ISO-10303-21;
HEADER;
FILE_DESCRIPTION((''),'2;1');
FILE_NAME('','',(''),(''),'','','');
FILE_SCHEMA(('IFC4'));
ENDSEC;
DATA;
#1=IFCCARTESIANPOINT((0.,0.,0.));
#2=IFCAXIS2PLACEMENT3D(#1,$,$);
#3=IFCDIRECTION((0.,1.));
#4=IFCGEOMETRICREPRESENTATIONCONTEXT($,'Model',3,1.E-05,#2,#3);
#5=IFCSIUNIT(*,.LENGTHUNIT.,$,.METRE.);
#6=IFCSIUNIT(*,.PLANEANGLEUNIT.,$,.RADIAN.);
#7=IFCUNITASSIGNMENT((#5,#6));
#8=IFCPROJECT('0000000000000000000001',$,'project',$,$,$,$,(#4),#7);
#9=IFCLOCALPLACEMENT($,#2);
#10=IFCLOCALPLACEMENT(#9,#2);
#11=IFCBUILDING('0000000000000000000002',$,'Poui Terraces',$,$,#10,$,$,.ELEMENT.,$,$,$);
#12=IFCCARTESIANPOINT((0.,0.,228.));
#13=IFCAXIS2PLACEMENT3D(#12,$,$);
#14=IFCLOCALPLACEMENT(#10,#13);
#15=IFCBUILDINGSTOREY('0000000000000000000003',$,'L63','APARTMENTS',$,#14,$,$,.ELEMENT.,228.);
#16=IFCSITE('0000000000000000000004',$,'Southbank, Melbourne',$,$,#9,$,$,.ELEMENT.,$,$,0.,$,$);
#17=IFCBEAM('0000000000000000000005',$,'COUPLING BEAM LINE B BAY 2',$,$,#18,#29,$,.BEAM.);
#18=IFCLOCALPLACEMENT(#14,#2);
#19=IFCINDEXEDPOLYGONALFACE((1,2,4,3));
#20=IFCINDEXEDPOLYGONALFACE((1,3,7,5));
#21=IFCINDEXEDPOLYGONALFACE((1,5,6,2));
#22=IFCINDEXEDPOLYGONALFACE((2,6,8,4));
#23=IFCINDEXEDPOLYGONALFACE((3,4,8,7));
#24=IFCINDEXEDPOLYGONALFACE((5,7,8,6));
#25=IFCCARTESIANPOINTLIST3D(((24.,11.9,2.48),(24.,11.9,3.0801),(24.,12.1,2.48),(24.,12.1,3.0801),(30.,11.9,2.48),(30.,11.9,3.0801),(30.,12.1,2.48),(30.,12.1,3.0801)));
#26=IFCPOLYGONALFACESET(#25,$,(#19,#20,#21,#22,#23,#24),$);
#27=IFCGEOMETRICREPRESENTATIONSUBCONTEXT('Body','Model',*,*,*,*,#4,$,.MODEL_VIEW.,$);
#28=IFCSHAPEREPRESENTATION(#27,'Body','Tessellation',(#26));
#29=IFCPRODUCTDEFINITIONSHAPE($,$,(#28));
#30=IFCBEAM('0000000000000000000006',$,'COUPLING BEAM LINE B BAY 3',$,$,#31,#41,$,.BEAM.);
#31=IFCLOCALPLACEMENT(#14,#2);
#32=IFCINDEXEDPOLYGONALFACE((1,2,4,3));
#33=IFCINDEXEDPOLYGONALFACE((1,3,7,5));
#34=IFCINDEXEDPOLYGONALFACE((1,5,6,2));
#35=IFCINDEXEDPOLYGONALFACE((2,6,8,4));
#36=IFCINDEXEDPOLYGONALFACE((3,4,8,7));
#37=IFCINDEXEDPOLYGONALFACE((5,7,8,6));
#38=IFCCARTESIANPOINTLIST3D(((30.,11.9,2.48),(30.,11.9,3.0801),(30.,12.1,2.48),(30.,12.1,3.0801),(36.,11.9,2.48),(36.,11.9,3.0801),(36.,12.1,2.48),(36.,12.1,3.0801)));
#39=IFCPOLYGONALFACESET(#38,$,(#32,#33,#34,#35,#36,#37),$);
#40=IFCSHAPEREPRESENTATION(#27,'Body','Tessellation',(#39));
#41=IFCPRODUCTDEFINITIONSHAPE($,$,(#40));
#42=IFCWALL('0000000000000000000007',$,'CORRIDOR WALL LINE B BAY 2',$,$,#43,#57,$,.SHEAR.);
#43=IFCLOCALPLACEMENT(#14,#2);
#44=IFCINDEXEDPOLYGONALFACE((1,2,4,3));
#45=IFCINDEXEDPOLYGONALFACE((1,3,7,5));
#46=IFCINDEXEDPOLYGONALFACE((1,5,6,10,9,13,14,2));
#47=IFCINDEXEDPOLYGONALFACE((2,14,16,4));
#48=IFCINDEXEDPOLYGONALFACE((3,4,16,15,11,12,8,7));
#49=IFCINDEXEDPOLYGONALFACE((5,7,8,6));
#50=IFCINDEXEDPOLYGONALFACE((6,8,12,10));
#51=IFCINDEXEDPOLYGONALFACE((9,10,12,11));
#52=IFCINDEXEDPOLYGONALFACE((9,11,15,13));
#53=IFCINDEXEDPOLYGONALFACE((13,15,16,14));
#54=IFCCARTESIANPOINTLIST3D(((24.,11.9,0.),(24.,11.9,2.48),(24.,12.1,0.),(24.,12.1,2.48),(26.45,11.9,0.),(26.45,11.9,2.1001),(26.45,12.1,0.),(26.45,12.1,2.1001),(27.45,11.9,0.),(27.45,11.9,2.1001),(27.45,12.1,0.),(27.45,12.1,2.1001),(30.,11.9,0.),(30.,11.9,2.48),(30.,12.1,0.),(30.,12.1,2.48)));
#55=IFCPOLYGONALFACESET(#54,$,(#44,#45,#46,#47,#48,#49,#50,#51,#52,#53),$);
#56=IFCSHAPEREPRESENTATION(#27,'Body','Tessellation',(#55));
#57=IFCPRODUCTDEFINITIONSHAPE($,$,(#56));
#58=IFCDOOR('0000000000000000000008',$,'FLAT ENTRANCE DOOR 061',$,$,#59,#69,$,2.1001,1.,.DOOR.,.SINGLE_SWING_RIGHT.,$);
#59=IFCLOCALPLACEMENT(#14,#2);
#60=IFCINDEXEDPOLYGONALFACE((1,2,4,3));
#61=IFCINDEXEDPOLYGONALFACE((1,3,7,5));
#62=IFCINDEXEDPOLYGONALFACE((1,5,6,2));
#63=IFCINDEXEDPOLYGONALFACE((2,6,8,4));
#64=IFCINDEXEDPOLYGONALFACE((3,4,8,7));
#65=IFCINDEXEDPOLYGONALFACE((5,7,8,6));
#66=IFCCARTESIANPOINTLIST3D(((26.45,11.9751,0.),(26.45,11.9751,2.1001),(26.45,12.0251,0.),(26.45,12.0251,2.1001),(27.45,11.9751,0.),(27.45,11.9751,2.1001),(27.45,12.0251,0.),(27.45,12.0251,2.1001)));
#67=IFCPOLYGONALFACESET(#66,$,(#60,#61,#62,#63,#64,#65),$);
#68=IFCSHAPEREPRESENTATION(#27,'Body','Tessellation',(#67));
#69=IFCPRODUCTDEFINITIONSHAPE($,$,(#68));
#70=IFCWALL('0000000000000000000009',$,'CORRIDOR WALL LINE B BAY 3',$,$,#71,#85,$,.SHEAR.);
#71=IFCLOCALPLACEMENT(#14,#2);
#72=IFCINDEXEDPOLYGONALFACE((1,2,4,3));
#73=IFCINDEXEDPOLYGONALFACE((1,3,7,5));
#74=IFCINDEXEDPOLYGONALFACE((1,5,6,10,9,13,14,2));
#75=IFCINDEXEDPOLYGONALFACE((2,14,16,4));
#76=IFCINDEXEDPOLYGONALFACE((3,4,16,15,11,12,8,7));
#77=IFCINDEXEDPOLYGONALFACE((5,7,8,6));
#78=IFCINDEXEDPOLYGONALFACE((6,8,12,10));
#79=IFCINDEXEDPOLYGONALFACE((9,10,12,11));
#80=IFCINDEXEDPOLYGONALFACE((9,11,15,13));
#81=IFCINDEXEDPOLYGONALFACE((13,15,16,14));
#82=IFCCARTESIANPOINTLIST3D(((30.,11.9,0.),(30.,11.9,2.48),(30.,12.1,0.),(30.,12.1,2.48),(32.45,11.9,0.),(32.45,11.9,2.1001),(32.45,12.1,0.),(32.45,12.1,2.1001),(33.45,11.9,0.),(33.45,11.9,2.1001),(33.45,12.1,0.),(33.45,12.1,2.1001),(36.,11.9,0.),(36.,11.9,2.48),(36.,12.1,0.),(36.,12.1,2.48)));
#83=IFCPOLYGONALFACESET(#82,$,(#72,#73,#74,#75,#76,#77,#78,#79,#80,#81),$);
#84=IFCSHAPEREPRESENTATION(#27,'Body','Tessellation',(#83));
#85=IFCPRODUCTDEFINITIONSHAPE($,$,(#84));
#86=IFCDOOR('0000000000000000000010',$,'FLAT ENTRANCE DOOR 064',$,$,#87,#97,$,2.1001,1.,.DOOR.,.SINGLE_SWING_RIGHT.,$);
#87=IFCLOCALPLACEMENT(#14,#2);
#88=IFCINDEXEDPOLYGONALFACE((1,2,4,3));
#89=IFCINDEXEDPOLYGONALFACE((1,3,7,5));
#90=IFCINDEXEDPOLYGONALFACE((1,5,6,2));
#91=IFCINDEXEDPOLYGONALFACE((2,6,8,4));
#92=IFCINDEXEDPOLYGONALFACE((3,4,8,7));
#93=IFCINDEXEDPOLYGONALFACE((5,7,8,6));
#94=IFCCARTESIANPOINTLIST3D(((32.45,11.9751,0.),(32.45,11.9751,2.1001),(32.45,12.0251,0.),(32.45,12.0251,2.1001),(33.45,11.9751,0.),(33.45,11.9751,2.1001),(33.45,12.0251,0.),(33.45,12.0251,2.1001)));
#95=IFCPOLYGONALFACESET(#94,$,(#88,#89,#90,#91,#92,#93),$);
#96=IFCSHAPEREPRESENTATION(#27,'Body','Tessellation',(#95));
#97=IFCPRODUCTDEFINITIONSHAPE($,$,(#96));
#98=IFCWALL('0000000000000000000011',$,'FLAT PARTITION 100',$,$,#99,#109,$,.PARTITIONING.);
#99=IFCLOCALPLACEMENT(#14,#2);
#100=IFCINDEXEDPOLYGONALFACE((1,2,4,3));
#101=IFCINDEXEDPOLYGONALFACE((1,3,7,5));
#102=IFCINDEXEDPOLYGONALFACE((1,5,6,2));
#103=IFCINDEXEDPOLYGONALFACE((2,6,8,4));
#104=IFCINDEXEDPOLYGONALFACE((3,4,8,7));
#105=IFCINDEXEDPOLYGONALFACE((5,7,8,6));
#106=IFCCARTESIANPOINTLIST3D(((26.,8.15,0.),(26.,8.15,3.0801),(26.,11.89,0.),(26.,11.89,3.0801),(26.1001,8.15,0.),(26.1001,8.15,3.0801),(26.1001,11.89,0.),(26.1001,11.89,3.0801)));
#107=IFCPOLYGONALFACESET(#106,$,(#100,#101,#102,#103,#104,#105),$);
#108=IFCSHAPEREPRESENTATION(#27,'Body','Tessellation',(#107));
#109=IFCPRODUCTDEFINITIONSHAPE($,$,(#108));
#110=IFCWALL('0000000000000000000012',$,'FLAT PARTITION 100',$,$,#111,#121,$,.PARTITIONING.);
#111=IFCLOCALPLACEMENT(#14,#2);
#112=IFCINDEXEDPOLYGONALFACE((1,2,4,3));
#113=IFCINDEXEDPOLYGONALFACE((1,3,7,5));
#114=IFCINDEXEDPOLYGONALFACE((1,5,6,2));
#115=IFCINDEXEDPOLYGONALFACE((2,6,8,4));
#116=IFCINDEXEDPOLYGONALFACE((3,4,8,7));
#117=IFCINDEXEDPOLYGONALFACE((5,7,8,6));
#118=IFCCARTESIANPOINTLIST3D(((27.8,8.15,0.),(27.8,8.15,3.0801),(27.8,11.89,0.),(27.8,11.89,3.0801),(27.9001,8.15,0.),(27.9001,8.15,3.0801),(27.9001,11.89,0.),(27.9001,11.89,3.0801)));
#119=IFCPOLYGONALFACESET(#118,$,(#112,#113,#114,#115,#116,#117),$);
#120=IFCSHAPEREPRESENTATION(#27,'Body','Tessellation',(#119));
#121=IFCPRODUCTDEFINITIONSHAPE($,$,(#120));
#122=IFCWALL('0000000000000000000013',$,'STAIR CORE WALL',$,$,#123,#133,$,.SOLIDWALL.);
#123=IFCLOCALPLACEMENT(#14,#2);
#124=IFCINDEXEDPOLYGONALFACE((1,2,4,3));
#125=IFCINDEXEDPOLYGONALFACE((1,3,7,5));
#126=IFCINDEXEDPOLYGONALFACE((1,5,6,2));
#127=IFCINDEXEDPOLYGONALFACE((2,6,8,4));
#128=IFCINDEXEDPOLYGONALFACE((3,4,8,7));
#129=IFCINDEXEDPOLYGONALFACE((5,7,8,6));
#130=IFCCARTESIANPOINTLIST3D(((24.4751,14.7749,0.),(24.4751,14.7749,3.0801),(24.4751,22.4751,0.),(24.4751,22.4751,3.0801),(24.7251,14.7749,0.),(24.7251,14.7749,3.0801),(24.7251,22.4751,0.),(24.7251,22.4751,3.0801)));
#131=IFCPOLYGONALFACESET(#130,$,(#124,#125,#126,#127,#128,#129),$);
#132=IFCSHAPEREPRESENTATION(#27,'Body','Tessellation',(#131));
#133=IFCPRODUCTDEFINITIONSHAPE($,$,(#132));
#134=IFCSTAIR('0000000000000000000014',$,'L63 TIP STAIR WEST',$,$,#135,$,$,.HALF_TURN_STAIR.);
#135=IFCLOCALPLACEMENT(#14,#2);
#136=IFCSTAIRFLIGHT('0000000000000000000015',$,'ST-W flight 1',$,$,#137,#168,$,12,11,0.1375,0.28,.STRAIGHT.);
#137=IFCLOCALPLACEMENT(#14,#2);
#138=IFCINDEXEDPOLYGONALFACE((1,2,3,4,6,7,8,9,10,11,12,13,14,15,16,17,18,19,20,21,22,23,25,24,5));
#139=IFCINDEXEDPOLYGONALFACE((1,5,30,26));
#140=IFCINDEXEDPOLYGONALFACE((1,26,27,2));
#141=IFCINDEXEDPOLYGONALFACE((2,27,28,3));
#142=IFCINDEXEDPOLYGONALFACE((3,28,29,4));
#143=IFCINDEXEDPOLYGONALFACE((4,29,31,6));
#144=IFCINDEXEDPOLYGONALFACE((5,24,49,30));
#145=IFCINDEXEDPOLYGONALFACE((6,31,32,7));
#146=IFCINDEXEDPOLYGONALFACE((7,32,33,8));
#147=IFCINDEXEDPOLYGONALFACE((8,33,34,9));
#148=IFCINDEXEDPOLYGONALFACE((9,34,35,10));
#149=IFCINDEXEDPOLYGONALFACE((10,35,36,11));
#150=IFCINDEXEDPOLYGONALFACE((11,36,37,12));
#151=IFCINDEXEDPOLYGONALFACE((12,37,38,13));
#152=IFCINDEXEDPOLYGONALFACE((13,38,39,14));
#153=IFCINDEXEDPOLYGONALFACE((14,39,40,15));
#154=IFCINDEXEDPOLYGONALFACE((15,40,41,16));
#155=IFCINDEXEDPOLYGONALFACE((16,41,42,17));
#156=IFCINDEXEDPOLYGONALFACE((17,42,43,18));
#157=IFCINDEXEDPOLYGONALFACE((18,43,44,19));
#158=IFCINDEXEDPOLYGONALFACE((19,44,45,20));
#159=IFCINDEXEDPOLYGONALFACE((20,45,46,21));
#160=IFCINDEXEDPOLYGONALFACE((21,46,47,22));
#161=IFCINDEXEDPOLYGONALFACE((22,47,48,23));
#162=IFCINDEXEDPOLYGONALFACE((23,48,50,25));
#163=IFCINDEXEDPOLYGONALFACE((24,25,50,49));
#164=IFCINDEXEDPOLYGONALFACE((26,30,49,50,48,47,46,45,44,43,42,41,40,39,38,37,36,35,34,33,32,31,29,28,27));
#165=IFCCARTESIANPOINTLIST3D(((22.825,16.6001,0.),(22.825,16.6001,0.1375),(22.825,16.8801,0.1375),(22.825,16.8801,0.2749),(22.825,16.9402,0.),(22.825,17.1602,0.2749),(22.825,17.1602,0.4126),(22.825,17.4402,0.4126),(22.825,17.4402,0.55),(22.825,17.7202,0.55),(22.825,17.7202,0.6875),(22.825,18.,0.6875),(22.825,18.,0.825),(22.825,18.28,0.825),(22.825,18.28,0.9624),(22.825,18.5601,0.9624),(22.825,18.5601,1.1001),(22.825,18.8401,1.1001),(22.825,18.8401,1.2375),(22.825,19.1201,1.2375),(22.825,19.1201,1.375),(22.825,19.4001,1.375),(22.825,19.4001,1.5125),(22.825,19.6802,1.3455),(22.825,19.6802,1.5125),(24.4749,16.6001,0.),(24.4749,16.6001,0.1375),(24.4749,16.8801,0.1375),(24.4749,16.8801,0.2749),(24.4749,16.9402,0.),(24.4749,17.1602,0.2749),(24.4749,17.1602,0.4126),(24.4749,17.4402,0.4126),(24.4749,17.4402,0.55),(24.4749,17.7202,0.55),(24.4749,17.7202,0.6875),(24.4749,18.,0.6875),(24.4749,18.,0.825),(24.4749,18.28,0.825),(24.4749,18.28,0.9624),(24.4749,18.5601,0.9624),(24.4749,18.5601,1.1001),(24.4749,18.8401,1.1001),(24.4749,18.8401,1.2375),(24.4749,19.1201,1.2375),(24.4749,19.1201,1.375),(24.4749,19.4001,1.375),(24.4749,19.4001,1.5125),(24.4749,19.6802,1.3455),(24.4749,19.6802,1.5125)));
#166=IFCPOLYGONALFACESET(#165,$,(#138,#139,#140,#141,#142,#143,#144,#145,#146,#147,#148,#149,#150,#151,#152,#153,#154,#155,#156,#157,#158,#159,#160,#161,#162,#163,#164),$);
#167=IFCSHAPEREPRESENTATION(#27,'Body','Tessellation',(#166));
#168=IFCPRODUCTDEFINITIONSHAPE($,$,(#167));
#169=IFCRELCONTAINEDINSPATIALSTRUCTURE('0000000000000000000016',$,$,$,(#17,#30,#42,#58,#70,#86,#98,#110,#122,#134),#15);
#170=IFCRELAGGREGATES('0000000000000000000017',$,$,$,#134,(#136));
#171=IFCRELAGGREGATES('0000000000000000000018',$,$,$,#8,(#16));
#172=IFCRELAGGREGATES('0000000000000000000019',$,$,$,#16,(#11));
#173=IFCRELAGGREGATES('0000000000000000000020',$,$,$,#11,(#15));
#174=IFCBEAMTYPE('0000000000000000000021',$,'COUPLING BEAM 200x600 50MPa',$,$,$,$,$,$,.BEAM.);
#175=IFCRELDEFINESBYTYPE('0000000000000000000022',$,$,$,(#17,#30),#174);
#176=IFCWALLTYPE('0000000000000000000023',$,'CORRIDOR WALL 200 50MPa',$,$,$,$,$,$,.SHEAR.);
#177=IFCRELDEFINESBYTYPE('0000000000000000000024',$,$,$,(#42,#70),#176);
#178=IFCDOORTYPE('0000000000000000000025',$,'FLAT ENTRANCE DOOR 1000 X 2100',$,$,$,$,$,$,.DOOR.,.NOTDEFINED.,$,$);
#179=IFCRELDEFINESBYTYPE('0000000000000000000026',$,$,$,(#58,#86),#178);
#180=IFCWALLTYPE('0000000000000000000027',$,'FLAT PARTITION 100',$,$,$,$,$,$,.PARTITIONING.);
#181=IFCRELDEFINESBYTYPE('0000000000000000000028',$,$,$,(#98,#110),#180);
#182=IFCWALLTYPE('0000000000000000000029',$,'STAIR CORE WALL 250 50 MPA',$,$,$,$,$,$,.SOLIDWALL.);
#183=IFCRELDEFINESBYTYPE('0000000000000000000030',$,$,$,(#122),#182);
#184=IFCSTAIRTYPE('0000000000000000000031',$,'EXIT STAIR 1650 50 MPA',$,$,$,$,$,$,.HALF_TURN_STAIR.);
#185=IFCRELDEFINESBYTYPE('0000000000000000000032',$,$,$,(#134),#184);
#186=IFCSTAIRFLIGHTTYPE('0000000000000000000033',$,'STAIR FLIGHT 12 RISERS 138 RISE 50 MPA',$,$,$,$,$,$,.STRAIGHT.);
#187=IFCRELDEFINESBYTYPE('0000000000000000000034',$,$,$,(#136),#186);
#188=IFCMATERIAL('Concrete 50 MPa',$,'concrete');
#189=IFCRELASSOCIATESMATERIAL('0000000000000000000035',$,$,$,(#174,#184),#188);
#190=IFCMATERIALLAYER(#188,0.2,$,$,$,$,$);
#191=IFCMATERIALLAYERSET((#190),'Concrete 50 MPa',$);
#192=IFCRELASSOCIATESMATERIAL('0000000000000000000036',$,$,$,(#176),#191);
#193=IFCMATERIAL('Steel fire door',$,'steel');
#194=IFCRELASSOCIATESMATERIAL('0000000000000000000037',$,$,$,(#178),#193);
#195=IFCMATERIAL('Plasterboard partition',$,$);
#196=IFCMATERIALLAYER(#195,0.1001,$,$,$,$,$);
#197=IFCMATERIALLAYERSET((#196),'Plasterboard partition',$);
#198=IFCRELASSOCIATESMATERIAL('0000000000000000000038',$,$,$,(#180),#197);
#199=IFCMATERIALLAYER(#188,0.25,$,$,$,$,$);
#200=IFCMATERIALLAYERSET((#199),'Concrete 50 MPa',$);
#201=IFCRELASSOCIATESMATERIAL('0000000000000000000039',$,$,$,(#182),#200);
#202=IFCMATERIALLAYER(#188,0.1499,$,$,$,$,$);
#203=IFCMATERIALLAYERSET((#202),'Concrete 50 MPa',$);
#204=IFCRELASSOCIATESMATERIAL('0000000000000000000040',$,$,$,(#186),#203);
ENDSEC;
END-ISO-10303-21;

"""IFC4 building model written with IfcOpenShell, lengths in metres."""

from ifc_helpers import new_model, si_unit, direction, frame, frame_2d, origin, origin_2d, place, context, subcontext, project, spatial, polyline, rectangle, outline, extrude, source, transform, mapped, material, layer, layer_set, material_profile, profile_set, type_object, element, fill, aggregate, save


model = new_model("IFC4")

# Units and contexts
model_context = context("Model", 3, precision=1e-05, world=origin(), true_north=direction((0.0, 1.0)))
body_context = subcontext(model_context, "Body", "Model", "MODEL_VIEW")
ifc_project = project(units=[si_unit("LENGTHUNIT", "METRE"), si_unit("PLANEANGLEUNIT", "RADIAN")], contexts=[model_context])

# Site, building, storey
site_placement = place(None, origin())
site = spatial("IfcSite", under=ifc_project, at=site_placement, Name="Southbank, Melbourne", CompositionType="ELEMENT", RefElevation=0.0)
building_placement = place(site_placement, origin())
building = spatial("IfcBuilding", under=site, at=building_placement, Name="Poui Terraces", CompositionType="ELEMENT")
storey_placement = place(building_placement, frame((0.0, 0.0, 228.0)))
storey = spatial("IfcBuildingStorey", under=building, at=storey_placement, Name="L63", Description="APARTMENTS", CompositionType="ELEMENT", Elevation=228.0)

# Beams
ifc_material_1 = material(Name="Concrete 50 MPa", Category="concrete")
ifc_material_profile = material_profile(ifc_material_1, rectangle(XDim=0.2, YDim=0.6001, at=origin_2d()), Name="RC 200x600")
ifc_profile_set = profile_set([ifc_material_profile], Name="Concrete 50 MPa")
beam_type = type_object("IfcBeamType", Name="COUPLING BEAM 200x600 50MPa", PredefinedType="BEAM", material=ifc_profile_set)
shared_shape = source(origin(), body_context, "Body", "SweptSolid", [
    extrude(rectangle(XDim=0.2, YDim=0.6001, at=origin_2d()), origin(), (0.0, 0.0, 1.0), 6.0),
])
for number, where, z_axis, x_axis, name in (
    (1, (24.0, 12.0, 2.78), (1.0, 0.0, 0.0), (0.0, 1.0, 0.0), "COUPLING BEAM LINE B BAY 2"),
    (2, (30.0, 12.0, 2.78), (1.0, 0.0, 0.0), (0.0, 1.0, 0.0), "COUPLING BEAM LINE B BAY 3"),
):
    element("IfcBeam", number, at=place(storey_placement, frame(where, z_axis=z_axis, x_axis=x_axis)), inside=storey, type_object=beam_type, Name=name, PredefinedType="BEAM", context=body_context, shape_type="MappedRepresentation", body=[
        mapped(shared_shape, transform((0.0, 0.0, 0.0))),
    ])

# Walls, openings, doors
ifc_layer_1 = layer(ifc_material_1, 0.2)
ifc_layer_set_1 = layer_set([ifc_layer_1], Name="Concrete 50 MPa")
wall_type_1 = type_object("IfcWallType", Name="CORRIDOR WALL 200 50MPa", PredefinedType="SHEAR", material=ifc_layer_set_1)
wall_1_placement = place(storey_placement, frame((24.0, 12.0, 0.0), z_axis=(0.0, 0.0, 1.0), x_axis=(1.0, 0.0, 0.0)))
wall_1 = element("IfcWall", 3, at=wall_1_placement, inside=storey, type_object=wall_type_1, Name="CORRIDOR WALL LINE B BAY 2", PredefinedType="SHEAR", context=body_context, shape_type="SweptSolid", body=[
    extrude(rectangle(XDim=6.0, YDim=0.2, at=frame_2d((3.0, 0.0))), origin(), (0.0, 0.0, 1.0), 2.48),
])
opening_1_placement = place(wall_1_placement, frame((2.45, 0.0, 0.0)))
opening_1 = element("IfcOpeningElement", 4, at=opening_1_placement, cuts=wall_1, PredefinedType="OPENING", context=body_context, shape_type="SweptSolid", body=[
    extrude(rectangle(XDim=1.0, YDim=2.1001, at=frame_2d((0.5, 1.05))), frame((0.0, 0.1099, 0.0), z_axis=(0.0, -1.0, 0.0), x_axis=(1.0, 0.0, 0.0)), (0.0, 0.0, 1.0), 0.22),
])
ifc_material_2 = material(Name="Steel fire door", Category="steel")
door_type = type_object("IfcDoorType", Name="FLAT ENTRANCE DOOR 1000 X 2100", OperationType="NOTDEFINED", PredefinedType="DOOR", material=ifc_material_2)
door_1_placement = place(opening_1_placement, frame((1.0, 0.0, 0.0), z_axis=(0.0, 0.0, 1.0), x_axis=(-1.0, 0.0, 0.0)))
door_1 = element("IfcDoor", 5, at=door_1_placement, inside=storey, type_object=door_type, Name="FLAT ENTRANCE DOOR 061", OperationType="SINGLE_SWING_RIGHT", OverallHeight=2.1001, OverallWidth=1.0, PredefinedType="DOOR", context=body_context, shape_type="SweptSolid", body=[
    extrude(rectangle(XDim=1.0, YDim=2.1001, at=frame_2d((0.5, 1.05))), frame((0.0, 0.0249, 0.0), z_axis=(0.0, -1.0, 0.0), x_axis=(1.0, 0.0, 0.0)), (0.0, 0.0, 1.0), 0.05),
])
fill(opening_1, door_1)
wall_2_placement = place(storey_placement, frame((30.0, 12.0, 0.0), z_axis=(0.0, 0.0, 1.0), x_axis=(1.0, 0.0, 0.0)))
wall_2 = element("IfcWall", 6, at=wall_2_placement, inside=storey, type_object=wall_type_1, Name="CORRIDOR WALL LINE B BAY 3", PredefinedType="SHEAR", context=body_context, shape_type="SweptSolid", body=[
    extrude(rectangle(XDim=6.0, YDim=0.2, at=frame_2d((3.0, 0.0))), origin(), (0.0, 0.0, 1.0), 2.48),
])
opening_2_placement = place(wall_2_placement, frame((2.45, 0.0, 0.0)))
opening_2 = element("IfcOpeningElement", 7, at=opening_2_placement, cuts=wall_2, PredefinedType="OPENING", context=body_context, shape_type="SweptSolid", body=[
    extrude(rectangle(XDim=1.0, YDim=2.1001, at=frame_2d((0.5, 1.05))), frame((0.0, 0.1099, 0.0), z_axis=(0.0, -1.0, 0.0), x_axis=(1.0, 0.0, 0.0)), (0.0, 0.0, 1.0), 0.22),
])
door_2_placement = place(opening_2_placement, frame((1.0, 0.0, 0.0), z_axis=(0.0, 0.0, 1.0), x_axis=(-1.0, 0.0, 0.0)))
door_2 = element("IfcDoor", 8, at=door_2_placement, inside=storey, type_object=door_type, Name="FLAT ENTRANCE DOOR 064", OperationType="SINGLE_SWING_RIGHT", OverallHeight=2.1001, OverallWidth=1.0, PredefinedType="DOOR", context=body_context, shape_type="SweptSolid", body=[
    extrude(rectangle(XDim=1.0, YDim=2.1001, at=frame_2d((0.5, 1.05))), frame((0.0, 0.0249, 0.0), z_axis=(0.0, -1.0, 0.0), x_axis=(1.0, 0.0, 0.0)), (0.0, 0.0, 1.0), 0.05),
])
fill(opening_2, door_2)

# Walls
ifc_material_3 = material(Name="Plasterboard partition")
ifc_layer_2 = layer(ifc_material_3, 0.1001)
ifc_layer_set_2 = layer_set([ifc_layer_2], Name="Plasterboard partition")
wall_type_2 = type_object("IfcWallType", Name="FLAT PARTITION 100", PredefinedType="PARTITIONING", material=ifc_layer_set_2)
for number, where, z_axis, x_axis, name in (
    (9, (26.05, 8.1499, 0.0), (0.0, 0.0, 1.0), (0.0, 1.0, 0.0), "FLAT PARTITION 100"),
    (10, (27.8501, 8.1499, 0.0), (0.0, 0.0, 1.0), (0.0, 1.0, 0.0), "FLAT PARTITION 100"),
):
    element("IfcWall", number, at=place(storey_placement, frame(where, z_axis=z_axis, x_axis=x_axis)), inside=storey, type_object=wall_type_2, Name=name, PredefinedType="PARTITIONING", context=body_context, shape_type="SweptSolid", body=[
        extrude(rectangle(XDim=3.74, YDim=0.1001, at=frame_2d((1.8701, 0.0))), origin(), (0.0, 0.0, 1.0), 3.0801),
    ])
ifc_layer_3 = layer(ifc_material_1, 0.25)
ifc_layer_set_3 = layer_set([ifc_layer_3], Name="Concrete 50 MPa")
wall_type_3 = type_object("IfcWallType", Name="STAIR CORE WALL 250 50 MPA", PredefinedType="SOLIDWALL", material=ifc_layer_set_3)
wall_3_placement = place(storey_placement, frame((24.6001, 14.7749, 0.0), z_axis=(0.0, 0.0, 1.0), x_axis=(0.0, 1.0, 0.0)))
element("IfcWall", 11, at=wall_3_placement, inside=storey, type_object=wall_type_3, Name="STAIR CORE WALL", PredefinedType="SOLIDWALL", context=body_context, shape_type="SweptSolid", body=[
    extrude(rectangle(XDim=7.7002, YDim=0.25, at=frame_2d((3.8501, 0.0))), origin(), (0.0, 0.0, 1.0), 3.0801),
])

# Stair, stair flight
stair_type = type_object("IfcStairType", Name="EXIT STAIR 1650 50 MPA", PredefinedType="HALF_TURN_STAIR", material=ifc_material_1)
stair_placement = place(storey_placement, origin())
stair = element("IfcStair", 12, at=stair_placement, inside=storey, type_object=stair_type, Name="L63 TIP STAIR WEST", PredefinedType="HALF_TURN_STAIR")
ifc_layer_4 = layer(ifc_material_1, 0.1499)
ifc_layer_set_4 = layer_set([ifc_layer_4], Name="Concrete 50 MPa")
stair_flight_type = type_object("IfcStairFlightType", Name="STAIR FLIGHT 12 RISERS 138 RISE 50 MPA", PredefinedType="STRAIGHT", material=ifc_layer_set_4)
stair_flight_placement = place(storey_placement, frame((23.6499, 16.6001, 0.0), z_axis=(0.0, 0.0, 1.0), x_axis=(0.0, 1.0, 0.0)))
stair_flight = element("IfcStairFlight", 13, at=stair_flight_placement, type_object=stair_flight_type, Name="ST-W flight 1", NumberOfRisers=12, NumberOfTreads=11, PredefinedType="STRAIGHT", RiserHeight=0.1375, TreadLength=0.28, context=body_context, shape_type="SweptSolid", body=[
    extrude(outline(polyline([(0.0, 0.0), (0.0, 0.1375), (0.28, 0.1375), (0.28, 0.2749), (0.5601, 0.2749), (0.5601, 0.4126), (0.8401, 0.4126), (0.8401, 0.55), (1.1201, 0.55), (1.1201, 0.6875), (1.3999, 0.6875), (1.3999, 0.825), (1.6799, 0.825), (1.6799, 0.9624), (1.96, 0.9624), (1.96, 1.1001), (2.24, 1.1001), (2.24, 1.2375), (2.52, 1.2375), (2.52, 1.375), (2.8, 1.375), (2.8, 1.5125), (3.0801, 1.5125), (3.0801, 1.6499), (3.0801, 1.3455), (0.3401, 0.0), (0.0, 0.0)])), frame((0.0, 0.825, 0.0), z_axis=(0.0, -1.0, 0.0), x_axis=(1.0, 0.0, 0.0)), (0.0, 0.0, 1.0), 1.6499),
])
aggregate(stair, [stair_flight])

save(model, "model.ifc")
